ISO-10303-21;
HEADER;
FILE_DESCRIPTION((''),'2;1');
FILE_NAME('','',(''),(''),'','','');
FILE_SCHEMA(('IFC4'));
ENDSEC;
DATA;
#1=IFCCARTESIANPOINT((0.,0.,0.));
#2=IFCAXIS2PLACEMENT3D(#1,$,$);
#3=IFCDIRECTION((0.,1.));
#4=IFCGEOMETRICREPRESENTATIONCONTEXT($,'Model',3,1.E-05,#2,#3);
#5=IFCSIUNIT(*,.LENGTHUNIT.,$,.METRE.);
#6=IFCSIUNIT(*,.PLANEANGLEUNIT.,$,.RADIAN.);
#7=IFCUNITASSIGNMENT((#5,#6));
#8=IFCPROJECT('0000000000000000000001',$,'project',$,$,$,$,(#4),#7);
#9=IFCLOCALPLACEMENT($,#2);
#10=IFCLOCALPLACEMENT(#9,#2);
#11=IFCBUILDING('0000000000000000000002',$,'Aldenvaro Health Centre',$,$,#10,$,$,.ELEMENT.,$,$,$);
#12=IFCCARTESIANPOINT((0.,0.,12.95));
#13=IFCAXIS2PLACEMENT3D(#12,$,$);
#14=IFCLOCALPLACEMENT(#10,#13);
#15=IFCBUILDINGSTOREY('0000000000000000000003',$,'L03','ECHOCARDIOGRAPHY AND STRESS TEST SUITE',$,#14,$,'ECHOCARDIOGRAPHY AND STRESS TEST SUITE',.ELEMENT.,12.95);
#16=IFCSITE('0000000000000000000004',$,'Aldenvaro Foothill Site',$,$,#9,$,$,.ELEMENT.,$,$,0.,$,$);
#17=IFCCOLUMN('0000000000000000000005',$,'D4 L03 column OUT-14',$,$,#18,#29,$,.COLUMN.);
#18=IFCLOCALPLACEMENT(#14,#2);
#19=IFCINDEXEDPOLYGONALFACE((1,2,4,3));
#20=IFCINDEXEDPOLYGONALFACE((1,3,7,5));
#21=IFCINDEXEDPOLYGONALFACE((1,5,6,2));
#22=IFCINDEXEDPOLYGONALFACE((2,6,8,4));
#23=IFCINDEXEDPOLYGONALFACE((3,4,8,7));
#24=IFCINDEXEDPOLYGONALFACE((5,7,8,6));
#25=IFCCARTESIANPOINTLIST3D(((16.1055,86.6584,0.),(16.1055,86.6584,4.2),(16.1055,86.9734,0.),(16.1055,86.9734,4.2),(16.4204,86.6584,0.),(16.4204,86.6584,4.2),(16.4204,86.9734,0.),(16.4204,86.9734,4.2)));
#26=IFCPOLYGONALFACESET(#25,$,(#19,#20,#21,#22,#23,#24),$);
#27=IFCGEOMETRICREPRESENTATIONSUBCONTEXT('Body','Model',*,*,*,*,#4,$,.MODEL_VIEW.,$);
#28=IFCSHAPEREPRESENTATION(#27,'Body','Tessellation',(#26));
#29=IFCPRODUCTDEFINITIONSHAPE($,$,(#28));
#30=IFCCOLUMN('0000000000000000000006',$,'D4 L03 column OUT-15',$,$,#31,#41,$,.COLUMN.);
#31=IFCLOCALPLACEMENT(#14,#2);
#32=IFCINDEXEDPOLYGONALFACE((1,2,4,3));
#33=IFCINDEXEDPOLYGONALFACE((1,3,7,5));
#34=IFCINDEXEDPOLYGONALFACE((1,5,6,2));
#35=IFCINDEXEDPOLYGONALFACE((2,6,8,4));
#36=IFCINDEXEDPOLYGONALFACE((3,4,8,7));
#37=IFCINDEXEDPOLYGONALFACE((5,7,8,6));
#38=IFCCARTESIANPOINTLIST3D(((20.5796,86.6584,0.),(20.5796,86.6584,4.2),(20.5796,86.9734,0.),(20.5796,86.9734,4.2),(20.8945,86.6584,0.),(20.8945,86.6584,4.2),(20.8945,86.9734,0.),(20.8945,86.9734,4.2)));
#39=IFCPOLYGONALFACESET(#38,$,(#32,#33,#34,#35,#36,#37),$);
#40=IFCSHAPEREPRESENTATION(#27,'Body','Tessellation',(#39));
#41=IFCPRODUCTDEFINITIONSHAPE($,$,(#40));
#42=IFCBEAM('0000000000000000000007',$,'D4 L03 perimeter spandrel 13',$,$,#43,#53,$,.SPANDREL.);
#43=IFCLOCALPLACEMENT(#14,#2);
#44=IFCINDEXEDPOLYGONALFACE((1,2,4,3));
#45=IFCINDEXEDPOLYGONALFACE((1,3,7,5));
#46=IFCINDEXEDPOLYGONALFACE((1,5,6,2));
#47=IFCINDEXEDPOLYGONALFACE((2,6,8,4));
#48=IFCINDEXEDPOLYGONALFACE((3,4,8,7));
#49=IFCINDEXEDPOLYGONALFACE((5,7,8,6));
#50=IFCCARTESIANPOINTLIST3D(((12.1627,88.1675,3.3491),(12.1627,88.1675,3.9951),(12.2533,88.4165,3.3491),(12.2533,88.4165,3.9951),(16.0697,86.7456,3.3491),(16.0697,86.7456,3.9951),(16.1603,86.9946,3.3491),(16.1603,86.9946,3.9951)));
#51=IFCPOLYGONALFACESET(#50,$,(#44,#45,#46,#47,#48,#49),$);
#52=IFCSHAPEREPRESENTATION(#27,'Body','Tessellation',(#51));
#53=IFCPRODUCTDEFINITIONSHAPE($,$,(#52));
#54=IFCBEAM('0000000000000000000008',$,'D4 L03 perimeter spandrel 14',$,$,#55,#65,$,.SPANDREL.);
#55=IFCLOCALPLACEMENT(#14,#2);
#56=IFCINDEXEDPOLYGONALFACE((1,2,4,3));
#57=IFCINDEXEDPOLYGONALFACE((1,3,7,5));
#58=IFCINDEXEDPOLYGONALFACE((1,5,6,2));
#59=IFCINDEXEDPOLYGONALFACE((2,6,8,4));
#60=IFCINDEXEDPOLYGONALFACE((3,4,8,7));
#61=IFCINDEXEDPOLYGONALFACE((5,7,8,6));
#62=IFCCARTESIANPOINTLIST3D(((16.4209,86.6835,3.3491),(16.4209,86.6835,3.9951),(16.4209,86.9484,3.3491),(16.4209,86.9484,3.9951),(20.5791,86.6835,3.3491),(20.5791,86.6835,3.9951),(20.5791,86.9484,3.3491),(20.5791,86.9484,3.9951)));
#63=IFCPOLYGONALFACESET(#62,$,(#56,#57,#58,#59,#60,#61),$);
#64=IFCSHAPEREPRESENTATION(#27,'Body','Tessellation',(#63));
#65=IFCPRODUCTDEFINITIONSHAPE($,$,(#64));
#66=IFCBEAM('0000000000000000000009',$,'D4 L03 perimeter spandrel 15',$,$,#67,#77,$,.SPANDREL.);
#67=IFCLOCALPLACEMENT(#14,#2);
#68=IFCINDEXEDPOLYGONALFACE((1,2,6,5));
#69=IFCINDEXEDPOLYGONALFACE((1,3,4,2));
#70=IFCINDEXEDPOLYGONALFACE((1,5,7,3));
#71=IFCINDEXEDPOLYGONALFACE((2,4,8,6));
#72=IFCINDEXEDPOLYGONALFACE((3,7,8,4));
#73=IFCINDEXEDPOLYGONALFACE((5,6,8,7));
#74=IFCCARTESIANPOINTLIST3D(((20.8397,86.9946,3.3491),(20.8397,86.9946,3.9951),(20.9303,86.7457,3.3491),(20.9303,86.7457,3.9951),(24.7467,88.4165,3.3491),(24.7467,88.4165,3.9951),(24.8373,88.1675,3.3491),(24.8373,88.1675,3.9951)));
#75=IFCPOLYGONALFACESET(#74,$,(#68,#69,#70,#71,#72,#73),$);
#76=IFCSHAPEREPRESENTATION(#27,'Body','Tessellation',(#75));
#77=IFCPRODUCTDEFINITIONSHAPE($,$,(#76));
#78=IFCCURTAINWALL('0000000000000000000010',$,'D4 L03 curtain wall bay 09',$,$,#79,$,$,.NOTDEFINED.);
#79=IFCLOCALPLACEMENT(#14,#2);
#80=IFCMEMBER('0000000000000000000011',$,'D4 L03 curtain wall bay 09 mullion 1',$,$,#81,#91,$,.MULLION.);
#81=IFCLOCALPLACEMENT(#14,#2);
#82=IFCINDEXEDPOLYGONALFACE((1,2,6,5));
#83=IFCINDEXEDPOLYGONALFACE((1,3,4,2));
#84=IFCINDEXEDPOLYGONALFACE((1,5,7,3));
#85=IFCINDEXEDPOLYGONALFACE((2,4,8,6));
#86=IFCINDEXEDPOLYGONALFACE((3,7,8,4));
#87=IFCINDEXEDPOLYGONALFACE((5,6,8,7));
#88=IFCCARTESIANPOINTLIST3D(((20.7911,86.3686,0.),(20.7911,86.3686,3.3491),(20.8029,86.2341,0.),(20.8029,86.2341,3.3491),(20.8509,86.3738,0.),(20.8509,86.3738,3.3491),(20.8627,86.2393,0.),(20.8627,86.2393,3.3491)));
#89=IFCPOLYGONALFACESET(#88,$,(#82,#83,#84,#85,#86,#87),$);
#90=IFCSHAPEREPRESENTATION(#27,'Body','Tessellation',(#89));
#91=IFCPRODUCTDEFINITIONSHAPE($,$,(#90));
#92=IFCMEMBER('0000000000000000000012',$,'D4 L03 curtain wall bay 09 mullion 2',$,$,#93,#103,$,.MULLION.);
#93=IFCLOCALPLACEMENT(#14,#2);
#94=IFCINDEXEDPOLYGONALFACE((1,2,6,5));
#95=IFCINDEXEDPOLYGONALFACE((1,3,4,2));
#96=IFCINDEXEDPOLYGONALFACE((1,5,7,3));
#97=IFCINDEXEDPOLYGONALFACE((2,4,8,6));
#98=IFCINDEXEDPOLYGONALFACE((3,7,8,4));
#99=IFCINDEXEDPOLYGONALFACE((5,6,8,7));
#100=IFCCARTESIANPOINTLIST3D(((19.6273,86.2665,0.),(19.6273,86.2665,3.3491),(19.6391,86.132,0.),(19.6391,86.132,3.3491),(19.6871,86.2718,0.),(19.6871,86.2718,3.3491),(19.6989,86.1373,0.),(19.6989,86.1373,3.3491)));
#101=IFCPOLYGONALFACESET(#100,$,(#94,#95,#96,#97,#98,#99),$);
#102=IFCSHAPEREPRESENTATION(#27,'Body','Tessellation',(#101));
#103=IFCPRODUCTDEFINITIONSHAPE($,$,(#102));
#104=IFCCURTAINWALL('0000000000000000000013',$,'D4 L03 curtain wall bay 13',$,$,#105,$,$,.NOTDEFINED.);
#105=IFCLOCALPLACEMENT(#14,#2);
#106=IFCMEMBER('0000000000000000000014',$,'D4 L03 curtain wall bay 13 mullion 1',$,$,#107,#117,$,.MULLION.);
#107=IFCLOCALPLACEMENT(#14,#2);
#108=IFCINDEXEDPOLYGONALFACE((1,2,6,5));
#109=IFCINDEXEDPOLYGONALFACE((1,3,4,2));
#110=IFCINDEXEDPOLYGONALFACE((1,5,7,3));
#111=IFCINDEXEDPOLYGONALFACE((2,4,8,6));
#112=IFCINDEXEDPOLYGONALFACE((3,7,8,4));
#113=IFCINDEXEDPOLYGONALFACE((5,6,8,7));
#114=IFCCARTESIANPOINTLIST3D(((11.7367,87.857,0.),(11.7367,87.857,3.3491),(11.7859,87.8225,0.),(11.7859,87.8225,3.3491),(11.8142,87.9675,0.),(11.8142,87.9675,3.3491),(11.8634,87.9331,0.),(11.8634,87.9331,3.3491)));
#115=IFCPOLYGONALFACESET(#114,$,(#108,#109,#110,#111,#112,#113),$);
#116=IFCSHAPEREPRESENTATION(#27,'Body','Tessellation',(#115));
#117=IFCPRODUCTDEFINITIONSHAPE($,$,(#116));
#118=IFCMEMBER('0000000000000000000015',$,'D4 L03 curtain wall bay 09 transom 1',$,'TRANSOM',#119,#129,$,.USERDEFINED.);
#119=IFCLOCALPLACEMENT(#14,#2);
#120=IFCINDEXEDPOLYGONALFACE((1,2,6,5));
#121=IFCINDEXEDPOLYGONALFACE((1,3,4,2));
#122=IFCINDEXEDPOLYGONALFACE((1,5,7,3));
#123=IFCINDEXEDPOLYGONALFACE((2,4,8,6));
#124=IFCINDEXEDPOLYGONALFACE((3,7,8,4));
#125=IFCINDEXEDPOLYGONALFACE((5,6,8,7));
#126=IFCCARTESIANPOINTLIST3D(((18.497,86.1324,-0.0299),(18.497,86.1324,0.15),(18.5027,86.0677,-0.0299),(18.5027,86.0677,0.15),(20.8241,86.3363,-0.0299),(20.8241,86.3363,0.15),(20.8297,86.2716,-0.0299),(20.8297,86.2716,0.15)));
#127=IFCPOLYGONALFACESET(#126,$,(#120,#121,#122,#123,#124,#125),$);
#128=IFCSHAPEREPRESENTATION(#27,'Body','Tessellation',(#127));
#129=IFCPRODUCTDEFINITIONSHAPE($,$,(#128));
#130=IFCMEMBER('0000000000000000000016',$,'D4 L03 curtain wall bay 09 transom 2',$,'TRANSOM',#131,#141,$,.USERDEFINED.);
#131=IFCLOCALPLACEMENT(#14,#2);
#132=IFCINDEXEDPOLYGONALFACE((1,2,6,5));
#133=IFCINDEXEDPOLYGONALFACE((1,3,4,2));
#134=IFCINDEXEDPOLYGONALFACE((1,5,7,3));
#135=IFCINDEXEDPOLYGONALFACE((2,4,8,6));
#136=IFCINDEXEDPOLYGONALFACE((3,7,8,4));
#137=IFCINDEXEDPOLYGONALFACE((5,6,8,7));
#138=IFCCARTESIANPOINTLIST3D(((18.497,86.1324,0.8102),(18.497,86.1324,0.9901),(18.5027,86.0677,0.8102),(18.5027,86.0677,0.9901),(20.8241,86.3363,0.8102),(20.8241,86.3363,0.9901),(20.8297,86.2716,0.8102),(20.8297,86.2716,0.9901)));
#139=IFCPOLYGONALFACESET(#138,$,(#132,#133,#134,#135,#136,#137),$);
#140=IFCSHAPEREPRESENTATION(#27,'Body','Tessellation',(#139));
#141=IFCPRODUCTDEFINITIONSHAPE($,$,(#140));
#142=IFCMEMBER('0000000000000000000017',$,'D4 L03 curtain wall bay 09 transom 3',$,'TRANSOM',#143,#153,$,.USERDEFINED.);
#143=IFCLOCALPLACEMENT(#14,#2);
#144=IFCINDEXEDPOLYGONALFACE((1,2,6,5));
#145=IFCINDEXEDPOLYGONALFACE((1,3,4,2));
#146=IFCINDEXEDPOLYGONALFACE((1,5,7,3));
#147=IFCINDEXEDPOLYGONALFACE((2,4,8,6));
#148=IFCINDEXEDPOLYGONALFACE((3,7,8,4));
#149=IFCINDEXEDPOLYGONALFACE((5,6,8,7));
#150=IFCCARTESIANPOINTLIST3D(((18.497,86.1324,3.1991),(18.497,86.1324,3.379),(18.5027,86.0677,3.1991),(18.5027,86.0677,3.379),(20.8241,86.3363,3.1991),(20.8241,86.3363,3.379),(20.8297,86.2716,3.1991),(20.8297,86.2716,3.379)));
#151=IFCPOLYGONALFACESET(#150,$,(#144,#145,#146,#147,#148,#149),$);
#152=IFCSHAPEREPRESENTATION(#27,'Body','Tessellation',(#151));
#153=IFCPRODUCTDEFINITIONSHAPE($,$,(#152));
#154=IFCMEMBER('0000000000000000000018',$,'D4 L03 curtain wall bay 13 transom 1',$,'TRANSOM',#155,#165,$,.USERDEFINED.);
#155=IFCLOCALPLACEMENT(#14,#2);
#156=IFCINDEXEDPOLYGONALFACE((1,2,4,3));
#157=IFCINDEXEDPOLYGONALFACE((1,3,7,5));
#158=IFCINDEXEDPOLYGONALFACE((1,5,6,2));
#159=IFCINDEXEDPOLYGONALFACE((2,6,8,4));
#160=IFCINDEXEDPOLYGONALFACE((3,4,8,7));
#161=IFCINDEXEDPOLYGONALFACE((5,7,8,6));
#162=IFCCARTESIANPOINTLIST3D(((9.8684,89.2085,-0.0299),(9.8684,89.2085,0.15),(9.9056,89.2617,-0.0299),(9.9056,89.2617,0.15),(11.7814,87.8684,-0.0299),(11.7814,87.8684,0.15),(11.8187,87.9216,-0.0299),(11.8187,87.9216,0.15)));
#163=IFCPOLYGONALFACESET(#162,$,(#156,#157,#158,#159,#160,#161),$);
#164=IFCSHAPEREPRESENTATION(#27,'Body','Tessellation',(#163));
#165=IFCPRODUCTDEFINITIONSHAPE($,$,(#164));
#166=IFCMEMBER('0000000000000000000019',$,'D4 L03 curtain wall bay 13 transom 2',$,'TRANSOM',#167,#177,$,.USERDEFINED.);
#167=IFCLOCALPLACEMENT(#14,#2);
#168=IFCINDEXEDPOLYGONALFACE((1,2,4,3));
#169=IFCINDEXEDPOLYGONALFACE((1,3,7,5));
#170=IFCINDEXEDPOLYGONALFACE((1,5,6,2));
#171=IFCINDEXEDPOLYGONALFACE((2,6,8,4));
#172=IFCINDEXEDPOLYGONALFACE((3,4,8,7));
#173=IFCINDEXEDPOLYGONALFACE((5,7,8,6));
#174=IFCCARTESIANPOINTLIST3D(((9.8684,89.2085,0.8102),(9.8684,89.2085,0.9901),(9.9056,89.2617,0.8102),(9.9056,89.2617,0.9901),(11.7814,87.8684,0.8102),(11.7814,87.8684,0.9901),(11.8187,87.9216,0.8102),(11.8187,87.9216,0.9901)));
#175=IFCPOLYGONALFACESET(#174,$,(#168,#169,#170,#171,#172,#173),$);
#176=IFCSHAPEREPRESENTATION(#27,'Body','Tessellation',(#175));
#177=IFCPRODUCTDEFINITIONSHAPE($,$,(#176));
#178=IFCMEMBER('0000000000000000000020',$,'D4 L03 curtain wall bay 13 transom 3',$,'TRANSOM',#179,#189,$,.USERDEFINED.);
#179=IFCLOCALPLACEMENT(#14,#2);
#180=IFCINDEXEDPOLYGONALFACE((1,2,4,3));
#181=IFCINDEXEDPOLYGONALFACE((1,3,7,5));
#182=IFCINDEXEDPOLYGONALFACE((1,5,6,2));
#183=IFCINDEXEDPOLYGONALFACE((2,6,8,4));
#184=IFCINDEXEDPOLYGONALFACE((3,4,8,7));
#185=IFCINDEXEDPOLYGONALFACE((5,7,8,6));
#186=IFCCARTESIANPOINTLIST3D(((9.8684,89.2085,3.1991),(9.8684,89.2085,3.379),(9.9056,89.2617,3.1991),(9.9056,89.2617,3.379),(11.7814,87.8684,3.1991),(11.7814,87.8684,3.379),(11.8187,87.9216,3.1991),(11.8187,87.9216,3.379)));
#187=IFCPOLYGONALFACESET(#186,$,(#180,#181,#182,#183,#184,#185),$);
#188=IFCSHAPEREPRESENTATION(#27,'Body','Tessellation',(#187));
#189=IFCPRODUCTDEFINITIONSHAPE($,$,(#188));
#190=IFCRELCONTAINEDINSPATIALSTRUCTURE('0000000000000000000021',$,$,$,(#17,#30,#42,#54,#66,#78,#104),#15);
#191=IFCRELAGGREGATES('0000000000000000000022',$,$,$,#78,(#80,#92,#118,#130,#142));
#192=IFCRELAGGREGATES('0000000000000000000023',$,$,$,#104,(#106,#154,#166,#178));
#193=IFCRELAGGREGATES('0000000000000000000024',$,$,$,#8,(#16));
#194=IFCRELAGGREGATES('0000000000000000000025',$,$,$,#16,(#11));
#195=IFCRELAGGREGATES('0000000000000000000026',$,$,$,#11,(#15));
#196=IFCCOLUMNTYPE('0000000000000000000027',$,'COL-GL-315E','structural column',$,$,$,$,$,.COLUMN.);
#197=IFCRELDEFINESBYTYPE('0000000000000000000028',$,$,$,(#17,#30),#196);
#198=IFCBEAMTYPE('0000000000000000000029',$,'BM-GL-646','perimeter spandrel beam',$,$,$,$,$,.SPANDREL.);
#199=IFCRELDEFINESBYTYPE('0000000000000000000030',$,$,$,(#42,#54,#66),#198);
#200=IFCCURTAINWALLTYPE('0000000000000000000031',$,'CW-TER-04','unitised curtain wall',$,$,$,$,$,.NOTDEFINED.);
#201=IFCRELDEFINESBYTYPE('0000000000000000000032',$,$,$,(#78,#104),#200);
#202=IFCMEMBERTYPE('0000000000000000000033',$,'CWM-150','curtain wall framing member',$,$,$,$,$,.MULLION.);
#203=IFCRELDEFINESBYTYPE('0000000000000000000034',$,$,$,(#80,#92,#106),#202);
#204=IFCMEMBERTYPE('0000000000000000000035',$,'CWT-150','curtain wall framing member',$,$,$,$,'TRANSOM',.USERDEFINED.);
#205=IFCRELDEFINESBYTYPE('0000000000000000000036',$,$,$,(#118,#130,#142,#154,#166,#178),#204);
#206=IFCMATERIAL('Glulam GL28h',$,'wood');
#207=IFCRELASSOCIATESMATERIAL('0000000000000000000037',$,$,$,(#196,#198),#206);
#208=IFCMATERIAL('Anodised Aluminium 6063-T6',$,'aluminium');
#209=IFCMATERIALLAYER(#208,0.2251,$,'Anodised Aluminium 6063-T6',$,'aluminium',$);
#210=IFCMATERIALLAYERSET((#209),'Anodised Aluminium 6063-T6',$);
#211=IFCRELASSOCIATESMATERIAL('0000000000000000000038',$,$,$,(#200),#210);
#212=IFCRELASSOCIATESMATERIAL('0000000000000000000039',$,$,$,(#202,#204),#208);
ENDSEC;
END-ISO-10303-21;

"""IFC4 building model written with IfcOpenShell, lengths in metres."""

from ifc_helpers import new_model, si_unit, direction, frame, origin, origin_2d, place, context, subcontext, project, spatial, rectangle, extrude, material, layer, layer_set, material_profile, profile_set, type_object, element, aggregate, save


model = new_model("IFC4")

# Units and contexts
model_context = context("Model", 3, precision=1e-05, world=origin(), true_north=direction((0.0, 1.0)))
body_context = subcontext(model_context, "Body", "Model", "MODEL_VIEW")
ifc_project = project(units=[si_unit("LENGTHUNIT", "METRE"), si_unit("PLANEANGLEUNIT", "RADIAN")], contexts=[model_context])

# Site, building, storey
site_placement = place(None, origin())
site = spatial("IfcSite", under=ifc_project, at=site_placement, Name="Aldenvaro Foothill Site", CompositionType="ELEMENT", RefElevation=0.0)
building_placement = place(site_placement, origin())
building = spatial("IfcBuilding", under=site, at=building_placement, Name="Aldenvaro Health Centre", CompositionType="ELEMENT")
storey_placement = place(building_placement, frame((0.0, 0.0, 12.95)))
storey = spatial("IfcBuildingStorey", under=building, at=storey_placement, Name="L03", Description="ECHOCARDIOGRAPHY AND STRESS TEST SUITE", LongName="ECHOCARDIOGRAPHY AND STRESS TEST SUITE", CompositionType="ELEMENT", Elevation=12.95)

# Columns
ifc_material_1 = material(Name="Glulam GL28h", Category="wood")
ifc_material_profile_1 = material_profile(ifc_material_1, rectangle(XDim=0.3149, YDim=0.3149, at=origin_2d()), Name="GL 315x315", Category="wood")
ifc_profile_set_1 = profile_set([ifc_material_profile_1], Name="Glulam GL28h")
column_type = type_object("IfcColumnType", Name="COL-GL-315E", Description="structural column", PredefinedType="COLUMN", material=ifc_profile_set_1)
for number, where, z_axis, x_axis, name in (
    (1, (16.2629, 86.8159, 0.0), (0.0, 0.0, 1.0), (1.0, 0.0, 0.0), "D4 L03 column OUT-14"),
    (2, (20.7371, 86.8159, 0.0), (0.0, 0.0, 1.0), (1.0, 0.0, 0.0), "D4 L03 column OUT-15"),
):
    element("IfcColumn", number, at=place(storey_placement, frame(where, z_axis=z_axis, x_axis=x_axis)), inside=storey, type_object=column_type, Name=name, PredefinedType="COLUMN", context=body_context, shape_type="SweptSolid", body=[
        extrude(rectangle(XDim=0.3149, YDim=0.3149, at=origin_2d()), origin(), (0.0, 0.0, 1.0), 4.2),
    ])

# Beams
ifc_material_profile_2 = material_profile(ifc_material_1, rectangle(XDim=0.2649, YDim=0.646, at=origin_2d()), Name="GL 265x646", Category="wood")
ifc_profile_set_2 = profile_set([ifc_material_profile_2], Name="Glulam GL28h")
beam_type = type_object("IfcBeamType", Name="BM-GL-646", Description="perimeter spandrel beam", PredefinedType="SPANDREL", material=ifc_profile_set_2)
beam_1_placement = place(storey_placement, frame((12.208, 88.292, 3.6721), z_axis=(0.939704, -0.341988, 0.0), x_axis=(0.341988, 0.939704, 0.0)))
element("IfcBeam", 3, at=beam_1_placement, inside=storey, type_object=beam_type, Name="D4 L03 perimeter spandrel 13", PredefinedType="SPANDREL", context=body_context, shape_type="SweptSolid", body=[
    extrude(rectangle(XDim=0.2649, YDim=0.646, at=origin_2d()), origin(), (0.0, 0.0, 1.0), 4.1577),
])
beam_2_placement = place(storey_placement, frame((16.4209, 86.8159, 3.6721), z_axis=(1.0, 0.0, 0.0), x_axis=(0.0, 1.0, 0.0)))
element("IfcBeam", 4, at=beam_2_placement, inside=storey, type_object=beam_type, Name="D4 L03 perimeter spandrel 14", PredefinedType="SPANDREL", context=body_context, shape_type="SweptSolid", body=[
    extrude(rectangle(XDim=0.2649, YDim=0.646, at=origin_2d()), origin(), (0.0, 0.0, 1.0), 4.1582),
])
beam_3_placement = place(storey_placement, frame((20.885, 86.8701, 3.6721), z_axis=(0.939704, 0.341988, 0.0), x_axis=(-0.341988, 0.939704, 0.0)))
element("IfcBeam", 5, at=beam_3_placement, inside=storey, type_object=beam_type, Name="D4 L03 perimeter spandrel 15", PredefinedType="SPANDREL", context=body_context, shape_type="SweptSolid", body=[
    extrude(rectangle(XDim=0.2649, YDim=0.646, at=origin_2d()), origin(), (0.0, 0.0, 1.0), 4.1577),
])

# Curtain wall, members
ifc_material_2 = material(Name="Anodised Aluminium 6063-T6", Category="aluminium")
ifc_layer_1 = layer(ifc_material_2, 0.2251, Name="Anodised Aluminium 6063-T6", Category="aluminium")
ifc_layer_set_1 = layer_set([ifc_layer_1], Name="Anodised Aluminium 6063-T6")
curtain_wall_type = type_object("IfcCurtainWallType", Name="CW-TER-04", Description="unitised curtain wall", PredefinedType="NOTDEFINED", material=ifc_layer_set_1)
curtain_wall_1_placement = place(storey_placement, origin())
curtain_wall_1 = element("IfcCurtainWall", 6, at=curtain_wall_1_placement, inside=storey, type_object=curtain_wall_type, Name="D4 L03 curtain wall bay 09", PredefinedType="NOTDEFINED")
ifc_material_profile_3 = material_profile(ifc_material_2, rectangle(XDim=0.0601, YDim=0.135, at=origin_2d()), Name="ALU 60x135", Category="aluminium")
ifc_profile_set_3 = profile_set([ifc_material_profile_3], Name="Anodised Aluminium 6063-T6")
member_type_1 = type_object("IfcMemberType", Name="CWM-150", Description="curtain wall framing member", PredefinedType="MULLION", material=ifc_profile_set_3)
member_1_placement = place(storey_placement, frame((20.8269, 86.304, 0.0), z_axis=(0.0, 0.0, 1.0), x_axis=(-0.996179, -0.087332, 0.0)))
member_1 = element("IfcMember", 7, at=member_1_placement, type_object=member_type_1, Name="D4 L03 curtain wall bay 09 mullion 1", PredefinedType="MULLION", context=body_context, shape_type="SweptSolid", body=[
    extrude(rectangle(XDim=0.0601, YDim=0.135, at=origin_2d()), origin(), (0.0, 0.0, 1.0), 3.3491),
])
member_2_placement = place(storey_placement, frame((19.6631, 86.2019, 0.0), z_axis=(0.0, 0.0, 1.0), x_axis=(-0.996179, -0.087332, 0.0)))
member_2 = element("IfcMember", 8, at=member_2_placement, type_object=member_type_1, Name="D4 L03 curtain wall bay 09 mullion 2", PredefinedType="MULLION", context=body_context, shape_type="SweptSolid", body=[
    extrude(rectangle(XDim=0.0601, YDim=0.135, at=origin_2d()), origin(), (0.0, 0.0, 1.0), 3.3491),
])

# Curtain wall, member
curtain_wall_2_placement = place(storey_placement, origin())
curtain_wall_2 = element("IfcCurtainWall", 9, at=curtain_wall_2_placement, inside=storey, type_object=curtain_wall_type, Name="D4 L03 curtain wall bay 13", PredefinedType="NOTDEFINED")
member_3_placement = place(storey_placement, frame((11.8, 87.895, 0.0), z_axis=(0.0, 0.0, 1.0), x_axis=(-0.819051, 0.573721, 0.0)))
member_3 = element("IfcMember", 10, at=member_3_placement, type_object=member_type_1, Name="D4 L03 curtain wall bay 13 mullion 1", PredefinedType="MULLION", context=body_context, shape_type="SweptSolid", body=[
    extrude(rectangle(XDim=0.0601, YDim=0.135, at=origin_2d()), origin(), (0.0, 0.0, 1.0), 3.3491),
])

# Members
ifc_material_profile_4 = material_profile(ifc_material_2, rectangle(XDim=0.0649, YDim=0.1799, at=origin_2d()), Name="ALU 65x180", Category="aluminium")
ifc_profile_set_4 = profile_set([ifc_material_profile_4], Name="Anodised Aluminium 6063-T6")
member_type_2 = type_object("IfcMemberType", Name="CWT-150", Description="curtain wall framing member", ElementType="TRANSOM", PredefinedType="USERDEFINED", material=ifc_profile_set_4)
member_4_placement = place(storey_placement, frame((20.8269, 86.304, 0.0601), z_axis=(-0.996184, -0.087275, 0.0), x_axis=(0.087275, -0.996184, 0.0)))
member_4 = element("IfcMember", 11, at=member_4_placement, type_object=member_type_2, Name="D4 L03 curtain wall bay 09 transom 1", ObjectType="TRANSOM", PredefinedType="USERDEFINED", context=body_context, shape_type="SweptSolid", body=[
    extrude(rectangle(XDim=0.0649, YDim=0.1799, at=origin_2d()), origin(), (0.0, 0.0, 1.0), 2.3359),
])
member_5_placement = place(storey_placement, frame((20.8269, 86.304, 0.9001), z_axis=(-0.996184, -0.087275, 0.0), x_axis=(0.087275, -0.996184, 0.0)))
member_5 = element("IfcMember", 12, at=member_5_placement, type_object=member_type_2, Name="D4 L03 curtain wall bay 09 transom 2", ObjectType="TRANSOM", PredefinedType="USERDEFINED", context=body_context, shape_type="SweptSolid", body=[
    extrude(rectangle(XDim=0.0649, YDim=0.1799, at=origin_2d()), origin(), (0.0, 0.0, 1.0), 2.3359),
])
member_6_placement = place(storey_placement, frame((20.8269, 86.304, 3.2891), z_axis=(-0.996184, -0.087275, 0.0), x_axis=(0.087275, -0.996184, 0.0)))
member_6 = element("IfcMember", 13, at=member_6_placement, type_object=member_type_2, Name="D4 L03 curtain wall bay 09 transom 3", ObjectType="TRANSOM", PredefinedType="USERDEFINED", context=body_context, shape_type="SweptSolid", body=[
    extrude(rectangle(XDim=0.0649, YDim=0.1799, at=origin_2d()), origin(), (0.0, 0.0, 1.0), 2.3359),
])
member_7_placement = place(storey_placement, frame((11.8, 87.895, 0.0601), z_axis=(-0.819045, 0.573729, 0.0), x_axis=(-0.573729, -0.819045, 0.0)))
member_7 = element("IfcMember", 14, at=member_7_placement, type_object=member_type_2, Name="D4 L03 curtain wall bay 13 transom 1", ObjectType="TRANSOM", PredefinedType="USERDEFINED", context=body_context, shape_type="SweptSolid", body=[
    extrude(rectangle(XDim=0.0649, YDim=0.1799, at=origin_2d()), origin(), (0.0, 0.0, 1.0), 2.3357),
])
member_8_placement = place(storey_placement, frame((11.8, 87.895, 0.9001), z_axis=(-0.819045, 0.573729, 0.0), x_axis=(-0.573729, -0.819045, 0.0)))
member_8 = element("IfcMember", 15, at=member_8_placement, type_object=member_type_2, Name="D4 L03 curtain wall bay 13 transom 2", ObjectType="TRANSOM", PredefinedType="USERDEFINED", context=body_context, shape_type="SweptSolid", body=[
    extrude(rectangle(XDim=0.0649, YDim=0.1799, at=origin_2d()), origin(), (0.0, 0.0, 1.0), 2.3357),
])
member_9_placement = place(storey_placement, frame((11.8, 87.895, 3.2891), z_axis=(-0.819045, 0.573729, 0.0), x_axis=(-0.573729, -0.819045, 0.0)))
member_9 = element("IfcMember", 16, at=member_9_placement, type_object=member_type_2, Name="D4 L03 curtain wall bay 13 transom 3", ObjectType="TRANSOM", PredefinedType="USERDEFINED", context=body_context, shape_type="SweptSolid", body=[
    extrude(rectangle(XDim=0.0649, YDim=0.1799, at=origin_2d()), origin(), (0.0, 0.0, 1.0), 2.3357),
])

aggregate(curtain_wall_1, [member_1, member_2, member_4, member_5, member_6])
aggregate(curtain_wall_2, [member_3, member_7, member_8, member_9])

save(model, "model.ifc")
